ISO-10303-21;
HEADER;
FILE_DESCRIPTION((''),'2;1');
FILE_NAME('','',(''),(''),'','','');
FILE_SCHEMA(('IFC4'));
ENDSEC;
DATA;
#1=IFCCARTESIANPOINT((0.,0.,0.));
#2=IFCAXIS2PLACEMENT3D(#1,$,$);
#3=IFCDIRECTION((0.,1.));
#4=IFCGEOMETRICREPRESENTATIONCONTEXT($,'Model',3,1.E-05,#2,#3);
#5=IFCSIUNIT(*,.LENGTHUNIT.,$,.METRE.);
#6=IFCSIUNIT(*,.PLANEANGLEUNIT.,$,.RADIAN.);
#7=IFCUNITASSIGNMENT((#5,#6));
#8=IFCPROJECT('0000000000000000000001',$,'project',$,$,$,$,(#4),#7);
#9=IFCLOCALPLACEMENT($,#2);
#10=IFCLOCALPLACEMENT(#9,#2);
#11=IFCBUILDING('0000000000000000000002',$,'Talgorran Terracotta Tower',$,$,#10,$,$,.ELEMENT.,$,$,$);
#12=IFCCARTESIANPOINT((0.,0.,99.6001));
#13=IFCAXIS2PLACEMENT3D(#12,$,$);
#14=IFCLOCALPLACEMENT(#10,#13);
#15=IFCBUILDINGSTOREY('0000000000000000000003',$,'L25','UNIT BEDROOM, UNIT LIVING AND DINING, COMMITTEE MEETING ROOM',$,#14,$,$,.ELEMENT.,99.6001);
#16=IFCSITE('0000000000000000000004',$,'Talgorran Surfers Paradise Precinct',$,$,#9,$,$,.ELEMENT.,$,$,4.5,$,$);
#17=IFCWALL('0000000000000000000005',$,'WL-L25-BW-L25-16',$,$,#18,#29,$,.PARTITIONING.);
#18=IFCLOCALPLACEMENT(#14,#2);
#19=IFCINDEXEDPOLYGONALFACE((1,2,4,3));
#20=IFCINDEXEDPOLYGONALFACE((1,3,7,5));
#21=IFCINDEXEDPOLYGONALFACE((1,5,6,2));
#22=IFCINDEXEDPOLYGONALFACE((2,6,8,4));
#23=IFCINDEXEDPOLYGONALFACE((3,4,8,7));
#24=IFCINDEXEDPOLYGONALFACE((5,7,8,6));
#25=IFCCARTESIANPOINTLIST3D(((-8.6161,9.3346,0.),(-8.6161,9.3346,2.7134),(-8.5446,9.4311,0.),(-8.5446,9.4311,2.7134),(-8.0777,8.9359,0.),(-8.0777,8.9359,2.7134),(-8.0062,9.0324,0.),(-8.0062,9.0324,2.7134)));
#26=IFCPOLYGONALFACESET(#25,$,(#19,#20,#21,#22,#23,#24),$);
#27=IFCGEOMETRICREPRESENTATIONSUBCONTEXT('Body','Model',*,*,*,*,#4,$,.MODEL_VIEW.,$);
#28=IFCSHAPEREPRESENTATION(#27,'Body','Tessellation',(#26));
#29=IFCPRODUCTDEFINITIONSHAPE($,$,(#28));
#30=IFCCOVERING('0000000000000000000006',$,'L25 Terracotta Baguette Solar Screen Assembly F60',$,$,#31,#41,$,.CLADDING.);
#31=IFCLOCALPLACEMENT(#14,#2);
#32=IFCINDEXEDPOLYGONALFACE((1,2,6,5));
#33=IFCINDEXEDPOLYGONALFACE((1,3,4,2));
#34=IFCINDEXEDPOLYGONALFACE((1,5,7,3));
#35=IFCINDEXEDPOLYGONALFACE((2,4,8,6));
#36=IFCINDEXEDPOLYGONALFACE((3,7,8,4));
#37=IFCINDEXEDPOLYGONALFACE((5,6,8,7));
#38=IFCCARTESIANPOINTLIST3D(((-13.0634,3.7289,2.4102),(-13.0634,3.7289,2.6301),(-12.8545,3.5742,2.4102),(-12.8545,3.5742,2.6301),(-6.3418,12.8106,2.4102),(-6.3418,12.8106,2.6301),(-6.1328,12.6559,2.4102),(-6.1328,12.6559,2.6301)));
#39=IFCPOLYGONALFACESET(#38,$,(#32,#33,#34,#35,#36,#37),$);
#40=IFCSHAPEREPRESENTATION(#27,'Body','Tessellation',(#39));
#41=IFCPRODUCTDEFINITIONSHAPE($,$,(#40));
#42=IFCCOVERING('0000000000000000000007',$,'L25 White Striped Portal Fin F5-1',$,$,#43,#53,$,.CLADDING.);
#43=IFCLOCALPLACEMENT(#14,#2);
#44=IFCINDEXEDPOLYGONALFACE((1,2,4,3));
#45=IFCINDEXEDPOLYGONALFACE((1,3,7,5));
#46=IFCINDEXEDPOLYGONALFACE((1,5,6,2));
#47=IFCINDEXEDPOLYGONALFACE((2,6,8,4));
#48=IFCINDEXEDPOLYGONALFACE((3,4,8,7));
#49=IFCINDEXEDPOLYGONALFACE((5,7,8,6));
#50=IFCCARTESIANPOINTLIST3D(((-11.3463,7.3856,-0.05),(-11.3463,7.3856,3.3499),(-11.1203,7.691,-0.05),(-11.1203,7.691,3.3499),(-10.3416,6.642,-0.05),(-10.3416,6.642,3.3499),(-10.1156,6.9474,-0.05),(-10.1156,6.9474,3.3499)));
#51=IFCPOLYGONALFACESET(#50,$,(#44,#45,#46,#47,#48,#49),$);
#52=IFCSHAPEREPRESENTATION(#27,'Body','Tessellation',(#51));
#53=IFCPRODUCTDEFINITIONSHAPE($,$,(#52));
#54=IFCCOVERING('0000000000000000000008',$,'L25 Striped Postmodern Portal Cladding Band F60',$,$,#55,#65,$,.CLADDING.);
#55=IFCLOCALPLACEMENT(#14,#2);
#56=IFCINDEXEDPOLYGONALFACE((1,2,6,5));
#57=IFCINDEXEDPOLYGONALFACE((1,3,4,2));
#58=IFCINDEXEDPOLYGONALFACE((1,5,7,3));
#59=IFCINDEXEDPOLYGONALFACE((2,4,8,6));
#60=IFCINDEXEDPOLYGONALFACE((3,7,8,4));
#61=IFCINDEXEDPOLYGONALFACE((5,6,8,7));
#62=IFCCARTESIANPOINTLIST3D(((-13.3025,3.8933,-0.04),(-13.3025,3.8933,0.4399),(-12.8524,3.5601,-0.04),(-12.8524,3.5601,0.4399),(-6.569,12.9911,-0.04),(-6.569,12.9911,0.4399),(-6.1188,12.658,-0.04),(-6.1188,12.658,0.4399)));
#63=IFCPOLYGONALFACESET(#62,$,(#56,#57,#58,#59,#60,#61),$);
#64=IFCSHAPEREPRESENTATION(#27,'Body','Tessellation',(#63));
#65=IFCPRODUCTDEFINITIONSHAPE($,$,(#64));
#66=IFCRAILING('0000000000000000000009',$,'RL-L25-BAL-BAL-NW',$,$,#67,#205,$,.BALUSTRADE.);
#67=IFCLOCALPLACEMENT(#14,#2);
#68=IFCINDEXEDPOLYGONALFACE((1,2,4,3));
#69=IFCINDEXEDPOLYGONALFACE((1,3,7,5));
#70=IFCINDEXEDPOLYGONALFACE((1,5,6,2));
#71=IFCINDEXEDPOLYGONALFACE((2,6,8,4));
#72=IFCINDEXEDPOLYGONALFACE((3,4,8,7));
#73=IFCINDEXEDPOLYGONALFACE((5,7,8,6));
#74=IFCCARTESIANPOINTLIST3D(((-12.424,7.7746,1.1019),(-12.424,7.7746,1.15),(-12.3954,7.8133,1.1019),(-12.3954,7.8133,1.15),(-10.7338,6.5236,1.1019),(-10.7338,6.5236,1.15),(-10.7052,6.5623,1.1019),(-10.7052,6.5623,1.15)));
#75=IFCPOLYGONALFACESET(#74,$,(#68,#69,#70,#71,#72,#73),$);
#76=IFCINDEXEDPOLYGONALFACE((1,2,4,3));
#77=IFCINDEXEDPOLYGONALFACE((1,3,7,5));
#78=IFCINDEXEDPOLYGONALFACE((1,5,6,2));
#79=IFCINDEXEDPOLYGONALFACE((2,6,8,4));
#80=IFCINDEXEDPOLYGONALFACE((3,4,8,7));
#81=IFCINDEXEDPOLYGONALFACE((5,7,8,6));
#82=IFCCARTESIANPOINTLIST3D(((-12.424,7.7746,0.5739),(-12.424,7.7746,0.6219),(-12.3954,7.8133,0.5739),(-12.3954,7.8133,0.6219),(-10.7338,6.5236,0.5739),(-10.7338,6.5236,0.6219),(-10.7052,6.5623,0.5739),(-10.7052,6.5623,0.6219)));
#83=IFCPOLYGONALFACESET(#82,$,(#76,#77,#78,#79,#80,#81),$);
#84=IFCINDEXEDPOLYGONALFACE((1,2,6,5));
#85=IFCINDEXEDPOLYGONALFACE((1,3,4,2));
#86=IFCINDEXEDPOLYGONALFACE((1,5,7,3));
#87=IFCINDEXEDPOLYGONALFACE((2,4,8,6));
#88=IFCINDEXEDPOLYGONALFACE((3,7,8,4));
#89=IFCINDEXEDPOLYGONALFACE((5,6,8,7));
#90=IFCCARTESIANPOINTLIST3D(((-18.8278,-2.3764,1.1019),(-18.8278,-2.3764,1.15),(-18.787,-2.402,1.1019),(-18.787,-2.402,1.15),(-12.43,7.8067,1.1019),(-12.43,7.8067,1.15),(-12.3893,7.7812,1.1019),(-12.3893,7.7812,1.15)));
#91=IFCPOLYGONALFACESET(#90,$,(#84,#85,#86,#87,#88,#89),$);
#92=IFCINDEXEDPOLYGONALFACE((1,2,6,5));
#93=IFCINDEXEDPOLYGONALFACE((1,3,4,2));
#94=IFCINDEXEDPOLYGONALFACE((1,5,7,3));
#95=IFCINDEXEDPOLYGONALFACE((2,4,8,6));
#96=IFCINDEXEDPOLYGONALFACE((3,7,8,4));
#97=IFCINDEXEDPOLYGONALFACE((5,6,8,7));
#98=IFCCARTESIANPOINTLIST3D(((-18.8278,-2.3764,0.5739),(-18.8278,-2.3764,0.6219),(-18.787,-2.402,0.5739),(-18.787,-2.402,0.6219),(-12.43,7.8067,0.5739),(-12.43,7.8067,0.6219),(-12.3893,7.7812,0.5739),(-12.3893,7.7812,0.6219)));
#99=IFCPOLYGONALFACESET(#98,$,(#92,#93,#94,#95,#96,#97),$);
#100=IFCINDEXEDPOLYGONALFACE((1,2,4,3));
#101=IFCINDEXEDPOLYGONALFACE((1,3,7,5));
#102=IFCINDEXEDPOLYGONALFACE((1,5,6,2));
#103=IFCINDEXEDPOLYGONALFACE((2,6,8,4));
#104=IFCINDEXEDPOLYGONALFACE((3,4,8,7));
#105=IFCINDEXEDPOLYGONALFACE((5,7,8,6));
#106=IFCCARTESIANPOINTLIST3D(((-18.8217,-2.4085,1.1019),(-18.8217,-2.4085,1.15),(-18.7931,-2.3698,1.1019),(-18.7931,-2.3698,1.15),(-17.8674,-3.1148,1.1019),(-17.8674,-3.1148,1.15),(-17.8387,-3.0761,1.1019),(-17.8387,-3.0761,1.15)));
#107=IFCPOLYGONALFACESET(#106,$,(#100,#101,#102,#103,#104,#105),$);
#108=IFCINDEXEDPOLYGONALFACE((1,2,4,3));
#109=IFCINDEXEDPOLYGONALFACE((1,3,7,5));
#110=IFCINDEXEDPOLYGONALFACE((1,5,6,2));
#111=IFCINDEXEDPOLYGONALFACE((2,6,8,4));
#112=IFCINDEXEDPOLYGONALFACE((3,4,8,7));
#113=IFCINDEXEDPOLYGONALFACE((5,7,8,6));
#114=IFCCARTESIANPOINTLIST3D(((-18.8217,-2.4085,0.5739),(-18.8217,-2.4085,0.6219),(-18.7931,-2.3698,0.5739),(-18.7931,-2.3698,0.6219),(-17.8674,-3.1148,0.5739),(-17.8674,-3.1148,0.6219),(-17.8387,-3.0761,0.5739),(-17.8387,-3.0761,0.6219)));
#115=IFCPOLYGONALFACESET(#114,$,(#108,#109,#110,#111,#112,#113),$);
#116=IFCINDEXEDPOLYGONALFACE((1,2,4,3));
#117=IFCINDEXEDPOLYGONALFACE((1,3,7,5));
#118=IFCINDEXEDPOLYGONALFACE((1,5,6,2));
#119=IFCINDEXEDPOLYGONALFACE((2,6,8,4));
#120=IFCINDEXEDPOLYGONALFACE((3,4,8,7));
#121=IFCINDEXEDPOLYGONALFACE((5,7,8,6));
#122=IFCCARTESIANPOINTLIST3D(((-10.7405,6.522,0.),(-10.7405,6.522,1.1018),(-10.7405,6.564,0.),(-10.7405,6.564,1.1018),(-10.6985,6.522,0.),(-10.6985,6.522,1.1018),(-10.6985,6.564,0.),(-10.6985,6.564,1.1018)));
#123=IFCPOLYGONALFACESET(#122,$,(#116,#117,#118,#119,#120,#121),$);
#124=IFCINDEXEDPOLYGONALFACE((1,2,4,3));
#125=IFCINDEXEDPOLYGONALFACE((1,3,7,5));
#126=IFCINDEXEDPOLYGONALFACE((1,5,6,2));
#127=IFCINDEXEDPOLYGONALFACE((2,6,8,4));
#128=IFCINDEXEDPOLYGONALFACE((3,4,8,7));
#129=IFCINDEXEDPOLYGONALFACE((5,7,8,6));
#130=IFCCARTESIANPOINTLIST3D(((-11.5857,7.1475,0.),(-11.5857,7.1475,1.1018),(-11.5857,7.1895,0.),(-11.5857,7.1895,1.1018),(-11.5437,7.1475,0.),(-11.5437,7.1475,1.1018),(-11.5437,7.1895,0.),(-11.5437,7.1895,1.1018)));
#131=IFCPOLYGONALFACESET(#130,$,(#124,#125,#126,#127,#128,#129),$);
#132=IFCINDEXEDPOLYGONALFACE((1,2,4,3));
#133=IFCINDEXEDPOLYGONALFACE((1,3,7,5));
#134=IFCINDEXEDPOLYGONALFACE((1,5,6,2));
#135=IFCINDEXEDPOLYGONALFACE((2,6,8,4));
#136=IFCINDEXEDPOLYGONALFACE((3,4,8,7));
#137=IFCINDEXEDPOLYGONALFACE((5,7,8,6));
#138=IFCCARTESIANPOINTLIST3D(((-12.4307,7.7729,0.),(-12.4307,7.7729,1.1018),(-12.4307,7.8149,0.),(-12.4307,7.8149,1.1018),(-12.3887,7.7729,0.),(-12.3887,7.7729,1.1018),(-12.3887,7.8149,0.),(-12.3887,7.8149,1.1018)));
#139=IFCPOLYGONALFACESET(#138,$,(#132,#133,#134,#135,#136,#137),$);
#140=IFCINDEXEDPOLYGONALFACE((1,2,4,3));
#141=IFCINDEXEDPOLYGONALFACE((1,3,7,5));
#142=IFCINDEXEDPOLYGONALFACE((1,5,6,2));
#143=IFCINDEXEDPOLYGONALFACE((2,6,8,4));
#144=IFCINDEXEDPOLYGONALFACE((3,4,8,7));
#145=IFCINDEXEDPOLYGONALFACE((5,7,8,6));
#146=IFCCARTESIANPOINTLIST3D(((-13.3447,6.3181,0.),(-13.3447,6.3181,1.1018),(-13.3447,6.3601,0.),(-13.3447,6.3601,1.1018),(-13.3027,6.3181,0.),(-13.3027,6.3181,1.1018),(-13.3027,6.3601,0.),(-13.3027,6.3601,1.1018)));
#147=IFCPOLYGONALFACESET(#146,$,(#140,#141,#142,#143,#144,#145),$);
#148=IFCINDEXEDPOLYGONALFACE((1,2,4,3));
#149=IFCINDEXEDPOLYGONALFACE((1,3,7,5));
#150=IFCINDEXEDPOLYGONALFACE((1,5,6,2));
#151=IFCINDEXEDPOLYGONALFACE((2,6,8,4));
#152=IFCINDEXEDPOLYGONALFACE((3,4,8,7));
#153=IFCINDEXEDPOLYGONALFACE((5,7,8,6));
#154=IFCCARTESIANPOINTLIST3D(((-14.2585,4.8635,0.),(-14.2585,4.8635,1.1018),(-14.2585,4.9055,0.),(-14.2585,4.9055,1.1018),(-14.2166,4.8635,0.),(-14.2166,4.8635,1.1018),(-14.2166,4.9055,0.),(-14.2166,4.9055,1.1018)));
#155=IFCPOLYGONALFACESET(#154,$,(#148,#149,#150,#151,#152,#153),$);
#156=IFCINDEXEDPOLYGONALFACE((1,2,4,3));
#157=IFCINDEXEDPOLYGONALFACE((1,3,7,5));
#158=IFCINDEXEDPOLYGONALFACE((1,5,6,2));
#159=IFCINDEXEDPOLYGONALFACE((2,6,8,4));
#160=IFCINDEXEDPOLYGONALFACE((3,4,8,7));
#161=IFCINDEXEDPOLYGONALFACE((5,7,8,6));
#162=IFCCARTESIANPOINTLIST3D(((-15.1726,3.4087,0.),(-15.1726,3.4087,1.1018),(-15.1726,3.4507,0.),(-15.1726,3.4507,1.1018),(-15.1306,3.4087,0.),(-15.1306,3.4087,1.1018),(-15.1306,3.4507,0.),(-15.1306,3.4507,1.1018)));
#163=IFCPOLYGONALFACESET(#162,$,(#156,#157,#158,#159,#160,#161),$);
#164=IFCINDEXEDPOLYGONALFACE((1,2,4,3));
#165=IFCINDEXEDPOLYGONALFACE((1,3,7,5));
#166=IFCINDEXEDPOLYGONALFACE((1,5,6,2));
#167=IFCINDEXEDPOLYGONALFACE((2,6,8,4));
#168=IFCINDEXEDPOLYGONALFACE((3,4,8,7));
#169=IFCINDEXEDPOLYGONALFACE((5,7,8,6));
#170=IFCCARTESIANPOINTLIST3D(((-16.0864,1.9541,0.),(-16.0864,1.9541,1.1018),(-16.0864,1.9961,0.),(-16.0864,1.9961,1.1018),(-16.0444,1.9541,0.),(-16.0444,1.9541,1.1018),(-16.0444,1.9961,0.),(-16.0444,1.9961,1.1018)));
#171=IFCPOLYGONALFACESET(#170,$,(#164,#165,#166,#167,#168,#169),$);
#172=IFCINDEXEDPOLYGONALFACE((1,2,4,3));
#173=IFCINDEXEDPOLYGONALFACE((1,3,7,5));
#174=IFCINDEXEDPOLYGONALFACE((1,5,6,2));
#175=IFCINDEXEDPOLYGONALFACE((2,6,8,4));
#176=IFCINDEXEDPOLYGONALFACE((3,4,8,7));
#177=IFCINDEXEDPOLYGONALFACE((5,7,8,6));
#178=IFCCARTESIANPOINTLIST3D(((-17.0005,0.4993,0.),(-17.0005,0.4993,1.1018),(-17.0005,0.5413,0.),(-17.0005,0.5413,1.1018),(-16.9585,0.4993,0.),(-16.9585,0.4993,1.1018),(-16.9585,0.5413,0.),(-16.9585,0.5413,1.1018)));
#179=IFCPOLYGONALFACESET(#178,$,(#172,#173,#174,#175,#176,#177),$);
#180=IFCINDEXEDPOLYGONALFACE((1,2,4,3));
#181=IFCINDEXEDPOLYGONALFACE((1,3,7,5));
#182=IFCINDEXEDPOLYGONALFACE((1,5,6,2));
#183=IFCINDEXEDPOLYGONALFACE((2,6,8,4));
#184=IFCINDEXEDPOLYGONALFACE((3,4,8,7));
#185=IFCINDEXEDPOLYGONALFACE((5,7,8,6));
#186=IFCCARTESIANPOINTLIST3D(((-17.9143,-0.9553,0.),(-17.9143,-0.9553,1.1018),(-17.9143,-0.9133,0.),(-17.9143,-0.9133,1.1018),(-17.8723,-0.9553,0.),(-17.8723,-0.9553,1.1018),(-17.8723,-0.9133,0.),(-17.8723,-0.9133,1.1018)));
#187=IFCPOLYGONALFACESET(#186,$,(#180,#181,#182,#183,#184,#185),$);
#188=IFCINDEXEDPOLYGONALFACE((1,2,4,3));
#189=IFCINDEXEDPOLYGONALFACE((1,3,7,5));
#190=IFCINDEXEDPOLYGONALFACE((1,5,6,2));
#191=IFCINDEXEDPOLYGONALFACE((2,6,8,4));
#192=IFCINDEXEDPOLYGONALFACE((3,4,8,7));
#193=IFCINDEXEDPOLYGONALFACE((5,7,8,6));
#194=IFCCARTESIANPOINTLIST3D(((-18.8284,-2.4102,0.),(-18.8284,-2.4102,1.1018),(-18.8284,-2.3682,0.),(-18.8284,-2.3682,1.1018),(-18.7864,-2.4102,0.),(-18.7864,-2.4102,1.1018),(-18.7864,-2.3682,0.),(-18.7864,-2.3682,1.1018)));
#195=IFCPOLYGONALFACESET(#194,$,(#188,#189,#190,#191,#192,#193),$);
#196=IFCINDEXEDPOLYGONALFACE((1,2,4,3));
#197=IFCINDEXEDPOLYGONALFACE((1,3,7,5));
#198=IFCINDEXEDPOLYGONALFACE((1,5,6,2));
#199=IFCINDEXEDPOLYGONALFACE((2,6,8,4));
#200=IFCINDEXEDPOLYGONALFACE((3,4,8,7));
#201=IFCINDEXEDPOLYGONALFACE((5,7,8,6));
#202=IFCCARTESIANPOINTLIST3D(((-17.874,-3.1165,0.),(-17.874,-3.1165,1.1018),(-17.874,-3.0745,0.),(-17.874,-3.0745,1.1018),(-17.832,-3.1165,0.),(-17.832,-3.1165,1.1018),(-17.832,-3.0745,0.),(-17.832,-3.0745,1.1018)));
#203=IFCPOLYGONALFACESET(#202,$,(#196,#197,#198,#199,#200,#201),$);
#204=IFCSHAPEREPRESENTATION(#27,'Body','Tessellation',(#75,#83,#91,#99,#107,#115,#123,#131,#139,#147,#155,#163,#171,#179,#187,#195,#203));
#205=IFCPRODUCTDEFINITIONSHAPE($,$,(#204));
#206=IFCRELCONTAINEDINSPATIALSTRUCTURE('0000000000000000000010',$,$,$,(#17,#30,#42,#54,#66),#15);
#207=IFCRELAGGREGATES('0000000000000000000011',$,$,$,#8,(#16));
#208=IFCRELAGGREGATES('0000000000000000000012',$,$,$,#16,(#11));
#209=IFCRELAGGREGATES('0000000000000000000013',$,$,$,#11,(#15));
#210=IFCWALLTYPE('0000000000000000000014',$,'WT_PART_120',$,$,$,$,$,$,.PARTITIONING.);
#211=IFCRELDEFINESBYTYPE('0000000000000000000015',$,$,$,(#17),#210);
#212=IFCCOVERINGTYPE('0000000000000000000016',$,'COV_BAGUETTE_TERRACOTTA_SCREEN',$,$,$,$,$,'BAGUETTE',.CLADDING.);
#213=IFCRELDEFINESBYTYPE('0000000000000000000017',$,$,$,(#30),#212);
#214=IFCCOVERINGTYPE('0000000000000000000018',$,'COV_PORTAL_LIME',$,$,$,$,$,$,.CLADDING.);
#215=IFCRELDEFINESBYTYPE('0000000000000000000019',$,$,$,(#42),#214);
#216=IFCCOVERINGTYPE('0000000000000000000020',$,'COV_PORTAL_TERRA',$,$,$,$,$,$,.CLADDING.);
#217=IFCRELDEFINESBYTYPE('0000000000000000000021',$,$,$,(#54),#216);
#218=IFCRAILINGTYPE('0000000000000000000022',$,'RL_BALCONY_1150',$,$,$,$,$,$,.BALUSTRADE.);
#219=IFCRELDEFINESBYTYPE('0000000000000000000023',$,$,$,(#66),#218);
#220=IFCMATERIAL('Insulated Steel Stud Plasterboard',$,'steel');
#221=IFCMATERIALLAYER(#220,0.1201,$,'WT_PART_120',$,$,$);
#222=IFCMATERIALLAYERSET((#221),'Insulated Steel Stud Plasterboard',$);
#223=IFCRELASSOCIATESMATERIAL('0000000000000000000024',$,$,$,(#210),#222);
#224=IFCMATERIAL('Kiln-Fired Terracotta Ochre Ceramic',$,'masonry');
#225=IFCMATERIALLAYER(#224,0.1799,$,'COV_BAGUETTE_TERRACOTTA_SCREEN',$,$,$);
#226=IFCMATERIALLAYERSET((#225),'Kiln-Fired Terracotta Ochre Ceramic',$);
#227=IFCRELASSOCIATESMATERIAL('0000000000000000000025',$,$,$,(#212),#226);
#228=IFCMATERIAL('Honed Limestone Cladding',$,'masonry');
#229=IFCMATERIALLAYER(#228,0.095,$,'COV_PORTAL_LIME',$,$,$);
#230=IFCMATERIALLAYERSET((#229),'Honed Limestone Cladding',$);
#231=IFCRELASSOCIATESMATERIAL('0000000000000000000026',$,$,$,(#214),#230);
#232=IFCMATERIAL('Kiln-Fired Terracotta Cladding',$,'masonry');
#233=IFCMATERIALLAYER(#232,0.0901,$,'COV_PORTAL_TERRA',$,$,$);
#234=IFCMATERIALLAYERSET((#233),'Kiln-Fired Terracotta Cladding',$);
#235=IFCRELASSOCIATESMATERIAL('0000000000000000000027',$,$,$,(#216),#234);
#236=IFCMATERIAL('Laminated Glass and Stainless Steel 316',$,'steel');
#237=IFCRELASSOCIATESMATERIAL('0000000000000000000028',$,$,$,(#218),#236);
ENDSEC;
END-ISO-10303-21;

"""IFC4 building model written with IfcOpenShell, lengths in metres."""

from ifc_helpers import new_model, si_unit, direction, frame, frame_2d, origin, origin_2d, place, context, subcontext, project, spatial, rectangle, extrude, material, layer, layer_set, type_object, element, save


model = new_model("IFC4")

# Units and contexts
model_context = context("Model", 3, precision=1e-05, world=origin(), true_north=direction((0.0, 1.0)))
body_context = subcontext(model_context, "Body", "Model", "MODEL_VIEW")
ifc_project = project(units=[si_unit("LENGTHUNIT", "METRE"), si_unit("PLANEANGLEUNIT", "RADIAN")], contexts=[model_context])

# Site, building, storey
site_placement = place(None, origin())
site = spatial("IfcSite", under=ifc_project, at=site_placement, Name="Talgorran Surfers Paradise Precinct", CompositionType="ELEMENT", RefElevation=4.5)
building_placement = place(site_placement, origin())
building = spatial("IfcBuilding", under=site, at=building_placement, Name="Talgorran Terracotta Tower", CompositionType="ELEMENT")
storey_placement = place(building_placement, frame((0.0, 0.0, 99.6001)))
storey = spatial("IfcBuildingStorey", under=building, at=storey_placement, Name="L25", Description="UNIT BEDROOM, UNIT LIVING AND DINING, COMMITTEE MEETING ROOM", CompositionType="ELEMENT", Elevation=99.6001)

# Wall
ifc_material_1 = material(Name="Insulated Steel Stud Plasterboard", Category="steel")
ifc_layer_1 = layer(ifc_material_1, 0.1201, Name="WT_PART_120")
ifc_layer_set_1 = layer_set([ifc_layer_1], Name="Insulated Steel Stud Plasterboard")
wall_type_1 = type_object("IfcWallType", Name="WT_PART_120", PredefinedType="PARTITIONING", material=ifc_layer_set_1)
wall_1_placement = place(storey_placement, frame((-8.042, 8.9841, 0.0), z_axis=(0.0, 0.0, 1.0), x_axis=(-0.803615, 0.595149, 0.0)))
element("IfcWall", 1, at=wall_1_placement, inside=storey, type_object=wall_type_1, Name="WL-L25-BW-L25-16", PredefinedType="PARTITIONING", context=body_context, shape_type="SweptSolid", body=[
    extrude(rectangle(XDim=0.6699, YDim=0.1201, at=frame_2d((0.335, 0.0))), origin(), (0.0, 0.0, 1.0), 2.7134),
])

# Coverings
ifc_material_2 = material(Name="Kiln-Fired Terracotta Ochre Ceramic", Category="masonry")
ifc_layer_2 = layer(ifc_material_2, 0.1799, Name="COV_BAGUETTE_TERRACOTTA_SCREEN")
ifc_layer_set_2 = layer_set([ifc_layer_2], Name="Kiln-Fired Terracotta Ochre Ceramic")
covering_type_1 = type_object("IfcCoveringType", Name="COV_BAGUETTE_TERRACOTTA_SCREEN", ElementType="BAGUETTE", PredefinedType="CLADDING", material=ifc_layer_set_2)
covering_1_placement = place(storey_placement, frame((-9.5981, 8.1924, 2.4102), z_axis=(0.0, 0.0, 1.0), x_axis=(-0.594907, -0.803795, 0.0)))
element("IfcCovering", 2, at=covering_1_placement, inside=storey, type_object=covering_type_1, Name="L25 Terracotta Baguette Solar Screen Assembly F60", PredefinedType="CLADDING", context=body_context, shape_type="SweptSolid", body=[
    extrude(rectangle(XDim=11.2986, YDim=0.26, at=origin_2d()), origin(), (0.0, 0.0, 1.0), 0.22),
])
ifc_material_3 = material(Name="Honed Limestone Cladding", Category="masonry")
ifc_layer_3 = layer(ifc_material_3, 0.095, Name="COV_PORTAL_LIME")
ifc_layer_set_3 = layer_set([ifc_layer_3], Name="Honed Limestone Cladding")
covering_type_2 = type_object("IfcCoveringType", Name="COV_PORTAL_LIME", PredefinedType="CLADDING", material=ifc_layer_set_3)
covering_2_placement = place(storey_placement, frame((-10.731, 7.1665, -0.05), z_axis=(0.0, 0.0, 1.0), x_axis=(-0.594907, -0.803795, 0.0)))
element("IfcCovering", 3, at=covering_2_placement, inside=storey, type_object=covering_type_2, Name="L25 White Striped Portal Fin F5-1", PredefinedType="CLADDING", context=body_context, shape_type="SweptSolid", body=[
    extrude(rectangle(XDim=0.3799, YDim=1.25, at=origin_2d()), origin(), (0.0, 0.0, 1.0), 3.3999),
])
ifc_material_4 = material(Name="Kiln-Fired Terracotta Cladding", Category="masonry")
ifc_layer_4 = layer(ifc_material_4, 0.0901, Name="COV_PORTAL_TERRA")
ifc_layer_set_4 = layer_set([ifc_layer_4], Name="Kiln-Fired Terracotta Cladding")
covering_type_3 = type_object("IfcCoveringType", Name="COV_PORTAL_TERRA", PredefinedType="CLADDING", material=ifc_layer_set_4)
covering_3_placement = place(storey_placement, frame((-9.7107, 8.2756, -0.04), z_axis=(0.0, 0.0, 1.0), x_axis=(-0.594907, -0.803795, 0.0)))
element("IfcCovering", 4, at=covering_3_placement, inside=storey, type_object=covering_type_3, Name="L25 Striped Postmodern Portal Cladding Band F60", PredefinedType="CLADDING", context=body_context, shape_type="SweptSolid", body=[
    extrude(rectangle(XDim=11.3186, YDim=0.5601, at=origin_2d()), origin(), (0.0, 0.0, 1.0), 0.48),
])

# Railing
ifc_material_5 = material(Name="Laminated Glass and Stainless Steel 316", Category="steel")
railing_type = type_object("IfcRailingType", Name="RL_BALCONY_1150", PredefinedType="BALUSTRADE", material=ifc_material_5)
railing_placement = place(storey_placement, frame((-10.7195, 6.543, 0.0)))
element("IfcRailing", 5, at=railing_placement, inside=storey, type_object=railing_type, Name="RL-L25-BAL-BAL-NW", PredefinedType="BALUSTRADE", context=body_context, shape_type="SweptSolid", body=[
    extrude(rectangle(XDim=0.0481, YDim=0.0481, at=origin_2d()), frame((0.0, 0.0, 1.126), z_axis=(-0.803787, 0.594917, 0.0), x_axis=(-0.594917, -0.803787, 0.0)), (0.0, 0.0, 1.0), 2.1028),
    extrude(rectangle(XDim=0.0481, YDim=0.0481, at=origin_2d()), frame((0.0, 0.0, 0.5979), z_axis=(-0.803787, 0.594917, 0.0), x_axis=(-0.594917, -0.803787, 0.0)), (0.0, 0.0, 1.0), 2.1028),
    extrude(rectangle(XDim=0.0481, YDim=0.0481, at=origin_2d()), frame((-1.6902, 1.251, 1.126), z_axis=(-0.531987, -0.846753, 0.0), x_axis=(0.846753, -0.531987, 0.0)), (0.0, 0.0, 1.0), 12.0261),
    extrude(rectangle(XDim=0.0481, YDim=0.0481, at=origin_2d()), frame((-1.6902, 1.251, 0.5979), z_axis=(-0.531987, -0.846753, 0.0), x_axis=(0.846753, -0.531987, 0.0)), (0.0, 0.0, 1.0), 12.0261),
    extrude(rectangle(XDim=0.0481, YDim=0.0481, at=origin_2d()), frame((-8.0879, -8.9321, 1.126), z_axis=(0.803808, -0.594888, 0.0), x_axis=(0.594888, 0.803808, 0.0)), (0.0, 0.0, 1.0), 1.1873),
    extrude(rectangle(XDim=0.0481, YDim=0.0481, at=origin_2d()), frame((-8.0879, -8.9321, 0.5979), z_axis=(0.803808, -0.594888, 0.0), x_axis=(0.594888, 0.803808, 0.0)), (0.0, 0.0, 1.0), 1.1873),
    extrude(rectangle(XDim=0.042, YDim=0.042, at=origin_2d()), origin(), (0.0, 0.0, 1.0), 1.1018),
    extrude(rectangle(XDim=0.042, YDim=0.042, at=origin_2d()), frame((-0.8452, 0.6255, 0.0)), (0.0, 0.0, 1.0), 1.1018),
    extrude(rectangle(XDim=0.042, YDim=0.042, at=origin_2d()), frame((-1.6902, 1.251, 0.0)), (0.0, 0.0, 1.0), 1.1018),
    extrude(rectangle(XDim=0.042, YDim=0.042, at=origin_2d()), frame((-2.6042, -0.2039, 0.0)), (0.0, 0.0, 1.0), 1.1018),
    extrude(rectangle(XDim=0.042, YDim=0.042, at=origin_2d()), frame((-3.5181, -1.6584, 0.0)), (0.0, 0.0, 1.0), 1.1018),
    extrude(rectangle(XDim=0.042, YDim=0.042, at=origin_2d()), frame((-4.4321, -3.1133, 0.0)), (0.0, 0.0, 1.0), 1.1018),
    extrude(rectangle(XDim=0.042, YDim=0.042, at=origin_2d()), frame((-5.3459, -4.5679, 0.0)), (0.0, 0.0, 1.0), 1.1018),
    extrude(rectangle(XDim=0.042, YDim=0.042, at=origin_2d()), frame((-6.26, -6.0227, 0.0)), (0.0, 0.0, 1.0), 1.1018),
    extrude(rectangle(XDim=0.042, YDim=0.042, at=origin_2d()), frame((-7.1738, -7.4773, 0.0)), (0.0, 0.0, 1.0), 1.1018),
    extrude(rectangle(XDim=0.042, YDim=0.042, at=origin_2d()), frame((-8.0879, -8.9321, 0.0)), (0.0, 0.0, 1.0), 1.1018),
    extrude(rectangle(XDim=0.042, YDim=0.042, at=origin_2d()), frame((-7.1335, -9.6384, 0.0)), (0.0, 0.0, 1.0), 1.1018),
])

save(model, "model.ifc")
